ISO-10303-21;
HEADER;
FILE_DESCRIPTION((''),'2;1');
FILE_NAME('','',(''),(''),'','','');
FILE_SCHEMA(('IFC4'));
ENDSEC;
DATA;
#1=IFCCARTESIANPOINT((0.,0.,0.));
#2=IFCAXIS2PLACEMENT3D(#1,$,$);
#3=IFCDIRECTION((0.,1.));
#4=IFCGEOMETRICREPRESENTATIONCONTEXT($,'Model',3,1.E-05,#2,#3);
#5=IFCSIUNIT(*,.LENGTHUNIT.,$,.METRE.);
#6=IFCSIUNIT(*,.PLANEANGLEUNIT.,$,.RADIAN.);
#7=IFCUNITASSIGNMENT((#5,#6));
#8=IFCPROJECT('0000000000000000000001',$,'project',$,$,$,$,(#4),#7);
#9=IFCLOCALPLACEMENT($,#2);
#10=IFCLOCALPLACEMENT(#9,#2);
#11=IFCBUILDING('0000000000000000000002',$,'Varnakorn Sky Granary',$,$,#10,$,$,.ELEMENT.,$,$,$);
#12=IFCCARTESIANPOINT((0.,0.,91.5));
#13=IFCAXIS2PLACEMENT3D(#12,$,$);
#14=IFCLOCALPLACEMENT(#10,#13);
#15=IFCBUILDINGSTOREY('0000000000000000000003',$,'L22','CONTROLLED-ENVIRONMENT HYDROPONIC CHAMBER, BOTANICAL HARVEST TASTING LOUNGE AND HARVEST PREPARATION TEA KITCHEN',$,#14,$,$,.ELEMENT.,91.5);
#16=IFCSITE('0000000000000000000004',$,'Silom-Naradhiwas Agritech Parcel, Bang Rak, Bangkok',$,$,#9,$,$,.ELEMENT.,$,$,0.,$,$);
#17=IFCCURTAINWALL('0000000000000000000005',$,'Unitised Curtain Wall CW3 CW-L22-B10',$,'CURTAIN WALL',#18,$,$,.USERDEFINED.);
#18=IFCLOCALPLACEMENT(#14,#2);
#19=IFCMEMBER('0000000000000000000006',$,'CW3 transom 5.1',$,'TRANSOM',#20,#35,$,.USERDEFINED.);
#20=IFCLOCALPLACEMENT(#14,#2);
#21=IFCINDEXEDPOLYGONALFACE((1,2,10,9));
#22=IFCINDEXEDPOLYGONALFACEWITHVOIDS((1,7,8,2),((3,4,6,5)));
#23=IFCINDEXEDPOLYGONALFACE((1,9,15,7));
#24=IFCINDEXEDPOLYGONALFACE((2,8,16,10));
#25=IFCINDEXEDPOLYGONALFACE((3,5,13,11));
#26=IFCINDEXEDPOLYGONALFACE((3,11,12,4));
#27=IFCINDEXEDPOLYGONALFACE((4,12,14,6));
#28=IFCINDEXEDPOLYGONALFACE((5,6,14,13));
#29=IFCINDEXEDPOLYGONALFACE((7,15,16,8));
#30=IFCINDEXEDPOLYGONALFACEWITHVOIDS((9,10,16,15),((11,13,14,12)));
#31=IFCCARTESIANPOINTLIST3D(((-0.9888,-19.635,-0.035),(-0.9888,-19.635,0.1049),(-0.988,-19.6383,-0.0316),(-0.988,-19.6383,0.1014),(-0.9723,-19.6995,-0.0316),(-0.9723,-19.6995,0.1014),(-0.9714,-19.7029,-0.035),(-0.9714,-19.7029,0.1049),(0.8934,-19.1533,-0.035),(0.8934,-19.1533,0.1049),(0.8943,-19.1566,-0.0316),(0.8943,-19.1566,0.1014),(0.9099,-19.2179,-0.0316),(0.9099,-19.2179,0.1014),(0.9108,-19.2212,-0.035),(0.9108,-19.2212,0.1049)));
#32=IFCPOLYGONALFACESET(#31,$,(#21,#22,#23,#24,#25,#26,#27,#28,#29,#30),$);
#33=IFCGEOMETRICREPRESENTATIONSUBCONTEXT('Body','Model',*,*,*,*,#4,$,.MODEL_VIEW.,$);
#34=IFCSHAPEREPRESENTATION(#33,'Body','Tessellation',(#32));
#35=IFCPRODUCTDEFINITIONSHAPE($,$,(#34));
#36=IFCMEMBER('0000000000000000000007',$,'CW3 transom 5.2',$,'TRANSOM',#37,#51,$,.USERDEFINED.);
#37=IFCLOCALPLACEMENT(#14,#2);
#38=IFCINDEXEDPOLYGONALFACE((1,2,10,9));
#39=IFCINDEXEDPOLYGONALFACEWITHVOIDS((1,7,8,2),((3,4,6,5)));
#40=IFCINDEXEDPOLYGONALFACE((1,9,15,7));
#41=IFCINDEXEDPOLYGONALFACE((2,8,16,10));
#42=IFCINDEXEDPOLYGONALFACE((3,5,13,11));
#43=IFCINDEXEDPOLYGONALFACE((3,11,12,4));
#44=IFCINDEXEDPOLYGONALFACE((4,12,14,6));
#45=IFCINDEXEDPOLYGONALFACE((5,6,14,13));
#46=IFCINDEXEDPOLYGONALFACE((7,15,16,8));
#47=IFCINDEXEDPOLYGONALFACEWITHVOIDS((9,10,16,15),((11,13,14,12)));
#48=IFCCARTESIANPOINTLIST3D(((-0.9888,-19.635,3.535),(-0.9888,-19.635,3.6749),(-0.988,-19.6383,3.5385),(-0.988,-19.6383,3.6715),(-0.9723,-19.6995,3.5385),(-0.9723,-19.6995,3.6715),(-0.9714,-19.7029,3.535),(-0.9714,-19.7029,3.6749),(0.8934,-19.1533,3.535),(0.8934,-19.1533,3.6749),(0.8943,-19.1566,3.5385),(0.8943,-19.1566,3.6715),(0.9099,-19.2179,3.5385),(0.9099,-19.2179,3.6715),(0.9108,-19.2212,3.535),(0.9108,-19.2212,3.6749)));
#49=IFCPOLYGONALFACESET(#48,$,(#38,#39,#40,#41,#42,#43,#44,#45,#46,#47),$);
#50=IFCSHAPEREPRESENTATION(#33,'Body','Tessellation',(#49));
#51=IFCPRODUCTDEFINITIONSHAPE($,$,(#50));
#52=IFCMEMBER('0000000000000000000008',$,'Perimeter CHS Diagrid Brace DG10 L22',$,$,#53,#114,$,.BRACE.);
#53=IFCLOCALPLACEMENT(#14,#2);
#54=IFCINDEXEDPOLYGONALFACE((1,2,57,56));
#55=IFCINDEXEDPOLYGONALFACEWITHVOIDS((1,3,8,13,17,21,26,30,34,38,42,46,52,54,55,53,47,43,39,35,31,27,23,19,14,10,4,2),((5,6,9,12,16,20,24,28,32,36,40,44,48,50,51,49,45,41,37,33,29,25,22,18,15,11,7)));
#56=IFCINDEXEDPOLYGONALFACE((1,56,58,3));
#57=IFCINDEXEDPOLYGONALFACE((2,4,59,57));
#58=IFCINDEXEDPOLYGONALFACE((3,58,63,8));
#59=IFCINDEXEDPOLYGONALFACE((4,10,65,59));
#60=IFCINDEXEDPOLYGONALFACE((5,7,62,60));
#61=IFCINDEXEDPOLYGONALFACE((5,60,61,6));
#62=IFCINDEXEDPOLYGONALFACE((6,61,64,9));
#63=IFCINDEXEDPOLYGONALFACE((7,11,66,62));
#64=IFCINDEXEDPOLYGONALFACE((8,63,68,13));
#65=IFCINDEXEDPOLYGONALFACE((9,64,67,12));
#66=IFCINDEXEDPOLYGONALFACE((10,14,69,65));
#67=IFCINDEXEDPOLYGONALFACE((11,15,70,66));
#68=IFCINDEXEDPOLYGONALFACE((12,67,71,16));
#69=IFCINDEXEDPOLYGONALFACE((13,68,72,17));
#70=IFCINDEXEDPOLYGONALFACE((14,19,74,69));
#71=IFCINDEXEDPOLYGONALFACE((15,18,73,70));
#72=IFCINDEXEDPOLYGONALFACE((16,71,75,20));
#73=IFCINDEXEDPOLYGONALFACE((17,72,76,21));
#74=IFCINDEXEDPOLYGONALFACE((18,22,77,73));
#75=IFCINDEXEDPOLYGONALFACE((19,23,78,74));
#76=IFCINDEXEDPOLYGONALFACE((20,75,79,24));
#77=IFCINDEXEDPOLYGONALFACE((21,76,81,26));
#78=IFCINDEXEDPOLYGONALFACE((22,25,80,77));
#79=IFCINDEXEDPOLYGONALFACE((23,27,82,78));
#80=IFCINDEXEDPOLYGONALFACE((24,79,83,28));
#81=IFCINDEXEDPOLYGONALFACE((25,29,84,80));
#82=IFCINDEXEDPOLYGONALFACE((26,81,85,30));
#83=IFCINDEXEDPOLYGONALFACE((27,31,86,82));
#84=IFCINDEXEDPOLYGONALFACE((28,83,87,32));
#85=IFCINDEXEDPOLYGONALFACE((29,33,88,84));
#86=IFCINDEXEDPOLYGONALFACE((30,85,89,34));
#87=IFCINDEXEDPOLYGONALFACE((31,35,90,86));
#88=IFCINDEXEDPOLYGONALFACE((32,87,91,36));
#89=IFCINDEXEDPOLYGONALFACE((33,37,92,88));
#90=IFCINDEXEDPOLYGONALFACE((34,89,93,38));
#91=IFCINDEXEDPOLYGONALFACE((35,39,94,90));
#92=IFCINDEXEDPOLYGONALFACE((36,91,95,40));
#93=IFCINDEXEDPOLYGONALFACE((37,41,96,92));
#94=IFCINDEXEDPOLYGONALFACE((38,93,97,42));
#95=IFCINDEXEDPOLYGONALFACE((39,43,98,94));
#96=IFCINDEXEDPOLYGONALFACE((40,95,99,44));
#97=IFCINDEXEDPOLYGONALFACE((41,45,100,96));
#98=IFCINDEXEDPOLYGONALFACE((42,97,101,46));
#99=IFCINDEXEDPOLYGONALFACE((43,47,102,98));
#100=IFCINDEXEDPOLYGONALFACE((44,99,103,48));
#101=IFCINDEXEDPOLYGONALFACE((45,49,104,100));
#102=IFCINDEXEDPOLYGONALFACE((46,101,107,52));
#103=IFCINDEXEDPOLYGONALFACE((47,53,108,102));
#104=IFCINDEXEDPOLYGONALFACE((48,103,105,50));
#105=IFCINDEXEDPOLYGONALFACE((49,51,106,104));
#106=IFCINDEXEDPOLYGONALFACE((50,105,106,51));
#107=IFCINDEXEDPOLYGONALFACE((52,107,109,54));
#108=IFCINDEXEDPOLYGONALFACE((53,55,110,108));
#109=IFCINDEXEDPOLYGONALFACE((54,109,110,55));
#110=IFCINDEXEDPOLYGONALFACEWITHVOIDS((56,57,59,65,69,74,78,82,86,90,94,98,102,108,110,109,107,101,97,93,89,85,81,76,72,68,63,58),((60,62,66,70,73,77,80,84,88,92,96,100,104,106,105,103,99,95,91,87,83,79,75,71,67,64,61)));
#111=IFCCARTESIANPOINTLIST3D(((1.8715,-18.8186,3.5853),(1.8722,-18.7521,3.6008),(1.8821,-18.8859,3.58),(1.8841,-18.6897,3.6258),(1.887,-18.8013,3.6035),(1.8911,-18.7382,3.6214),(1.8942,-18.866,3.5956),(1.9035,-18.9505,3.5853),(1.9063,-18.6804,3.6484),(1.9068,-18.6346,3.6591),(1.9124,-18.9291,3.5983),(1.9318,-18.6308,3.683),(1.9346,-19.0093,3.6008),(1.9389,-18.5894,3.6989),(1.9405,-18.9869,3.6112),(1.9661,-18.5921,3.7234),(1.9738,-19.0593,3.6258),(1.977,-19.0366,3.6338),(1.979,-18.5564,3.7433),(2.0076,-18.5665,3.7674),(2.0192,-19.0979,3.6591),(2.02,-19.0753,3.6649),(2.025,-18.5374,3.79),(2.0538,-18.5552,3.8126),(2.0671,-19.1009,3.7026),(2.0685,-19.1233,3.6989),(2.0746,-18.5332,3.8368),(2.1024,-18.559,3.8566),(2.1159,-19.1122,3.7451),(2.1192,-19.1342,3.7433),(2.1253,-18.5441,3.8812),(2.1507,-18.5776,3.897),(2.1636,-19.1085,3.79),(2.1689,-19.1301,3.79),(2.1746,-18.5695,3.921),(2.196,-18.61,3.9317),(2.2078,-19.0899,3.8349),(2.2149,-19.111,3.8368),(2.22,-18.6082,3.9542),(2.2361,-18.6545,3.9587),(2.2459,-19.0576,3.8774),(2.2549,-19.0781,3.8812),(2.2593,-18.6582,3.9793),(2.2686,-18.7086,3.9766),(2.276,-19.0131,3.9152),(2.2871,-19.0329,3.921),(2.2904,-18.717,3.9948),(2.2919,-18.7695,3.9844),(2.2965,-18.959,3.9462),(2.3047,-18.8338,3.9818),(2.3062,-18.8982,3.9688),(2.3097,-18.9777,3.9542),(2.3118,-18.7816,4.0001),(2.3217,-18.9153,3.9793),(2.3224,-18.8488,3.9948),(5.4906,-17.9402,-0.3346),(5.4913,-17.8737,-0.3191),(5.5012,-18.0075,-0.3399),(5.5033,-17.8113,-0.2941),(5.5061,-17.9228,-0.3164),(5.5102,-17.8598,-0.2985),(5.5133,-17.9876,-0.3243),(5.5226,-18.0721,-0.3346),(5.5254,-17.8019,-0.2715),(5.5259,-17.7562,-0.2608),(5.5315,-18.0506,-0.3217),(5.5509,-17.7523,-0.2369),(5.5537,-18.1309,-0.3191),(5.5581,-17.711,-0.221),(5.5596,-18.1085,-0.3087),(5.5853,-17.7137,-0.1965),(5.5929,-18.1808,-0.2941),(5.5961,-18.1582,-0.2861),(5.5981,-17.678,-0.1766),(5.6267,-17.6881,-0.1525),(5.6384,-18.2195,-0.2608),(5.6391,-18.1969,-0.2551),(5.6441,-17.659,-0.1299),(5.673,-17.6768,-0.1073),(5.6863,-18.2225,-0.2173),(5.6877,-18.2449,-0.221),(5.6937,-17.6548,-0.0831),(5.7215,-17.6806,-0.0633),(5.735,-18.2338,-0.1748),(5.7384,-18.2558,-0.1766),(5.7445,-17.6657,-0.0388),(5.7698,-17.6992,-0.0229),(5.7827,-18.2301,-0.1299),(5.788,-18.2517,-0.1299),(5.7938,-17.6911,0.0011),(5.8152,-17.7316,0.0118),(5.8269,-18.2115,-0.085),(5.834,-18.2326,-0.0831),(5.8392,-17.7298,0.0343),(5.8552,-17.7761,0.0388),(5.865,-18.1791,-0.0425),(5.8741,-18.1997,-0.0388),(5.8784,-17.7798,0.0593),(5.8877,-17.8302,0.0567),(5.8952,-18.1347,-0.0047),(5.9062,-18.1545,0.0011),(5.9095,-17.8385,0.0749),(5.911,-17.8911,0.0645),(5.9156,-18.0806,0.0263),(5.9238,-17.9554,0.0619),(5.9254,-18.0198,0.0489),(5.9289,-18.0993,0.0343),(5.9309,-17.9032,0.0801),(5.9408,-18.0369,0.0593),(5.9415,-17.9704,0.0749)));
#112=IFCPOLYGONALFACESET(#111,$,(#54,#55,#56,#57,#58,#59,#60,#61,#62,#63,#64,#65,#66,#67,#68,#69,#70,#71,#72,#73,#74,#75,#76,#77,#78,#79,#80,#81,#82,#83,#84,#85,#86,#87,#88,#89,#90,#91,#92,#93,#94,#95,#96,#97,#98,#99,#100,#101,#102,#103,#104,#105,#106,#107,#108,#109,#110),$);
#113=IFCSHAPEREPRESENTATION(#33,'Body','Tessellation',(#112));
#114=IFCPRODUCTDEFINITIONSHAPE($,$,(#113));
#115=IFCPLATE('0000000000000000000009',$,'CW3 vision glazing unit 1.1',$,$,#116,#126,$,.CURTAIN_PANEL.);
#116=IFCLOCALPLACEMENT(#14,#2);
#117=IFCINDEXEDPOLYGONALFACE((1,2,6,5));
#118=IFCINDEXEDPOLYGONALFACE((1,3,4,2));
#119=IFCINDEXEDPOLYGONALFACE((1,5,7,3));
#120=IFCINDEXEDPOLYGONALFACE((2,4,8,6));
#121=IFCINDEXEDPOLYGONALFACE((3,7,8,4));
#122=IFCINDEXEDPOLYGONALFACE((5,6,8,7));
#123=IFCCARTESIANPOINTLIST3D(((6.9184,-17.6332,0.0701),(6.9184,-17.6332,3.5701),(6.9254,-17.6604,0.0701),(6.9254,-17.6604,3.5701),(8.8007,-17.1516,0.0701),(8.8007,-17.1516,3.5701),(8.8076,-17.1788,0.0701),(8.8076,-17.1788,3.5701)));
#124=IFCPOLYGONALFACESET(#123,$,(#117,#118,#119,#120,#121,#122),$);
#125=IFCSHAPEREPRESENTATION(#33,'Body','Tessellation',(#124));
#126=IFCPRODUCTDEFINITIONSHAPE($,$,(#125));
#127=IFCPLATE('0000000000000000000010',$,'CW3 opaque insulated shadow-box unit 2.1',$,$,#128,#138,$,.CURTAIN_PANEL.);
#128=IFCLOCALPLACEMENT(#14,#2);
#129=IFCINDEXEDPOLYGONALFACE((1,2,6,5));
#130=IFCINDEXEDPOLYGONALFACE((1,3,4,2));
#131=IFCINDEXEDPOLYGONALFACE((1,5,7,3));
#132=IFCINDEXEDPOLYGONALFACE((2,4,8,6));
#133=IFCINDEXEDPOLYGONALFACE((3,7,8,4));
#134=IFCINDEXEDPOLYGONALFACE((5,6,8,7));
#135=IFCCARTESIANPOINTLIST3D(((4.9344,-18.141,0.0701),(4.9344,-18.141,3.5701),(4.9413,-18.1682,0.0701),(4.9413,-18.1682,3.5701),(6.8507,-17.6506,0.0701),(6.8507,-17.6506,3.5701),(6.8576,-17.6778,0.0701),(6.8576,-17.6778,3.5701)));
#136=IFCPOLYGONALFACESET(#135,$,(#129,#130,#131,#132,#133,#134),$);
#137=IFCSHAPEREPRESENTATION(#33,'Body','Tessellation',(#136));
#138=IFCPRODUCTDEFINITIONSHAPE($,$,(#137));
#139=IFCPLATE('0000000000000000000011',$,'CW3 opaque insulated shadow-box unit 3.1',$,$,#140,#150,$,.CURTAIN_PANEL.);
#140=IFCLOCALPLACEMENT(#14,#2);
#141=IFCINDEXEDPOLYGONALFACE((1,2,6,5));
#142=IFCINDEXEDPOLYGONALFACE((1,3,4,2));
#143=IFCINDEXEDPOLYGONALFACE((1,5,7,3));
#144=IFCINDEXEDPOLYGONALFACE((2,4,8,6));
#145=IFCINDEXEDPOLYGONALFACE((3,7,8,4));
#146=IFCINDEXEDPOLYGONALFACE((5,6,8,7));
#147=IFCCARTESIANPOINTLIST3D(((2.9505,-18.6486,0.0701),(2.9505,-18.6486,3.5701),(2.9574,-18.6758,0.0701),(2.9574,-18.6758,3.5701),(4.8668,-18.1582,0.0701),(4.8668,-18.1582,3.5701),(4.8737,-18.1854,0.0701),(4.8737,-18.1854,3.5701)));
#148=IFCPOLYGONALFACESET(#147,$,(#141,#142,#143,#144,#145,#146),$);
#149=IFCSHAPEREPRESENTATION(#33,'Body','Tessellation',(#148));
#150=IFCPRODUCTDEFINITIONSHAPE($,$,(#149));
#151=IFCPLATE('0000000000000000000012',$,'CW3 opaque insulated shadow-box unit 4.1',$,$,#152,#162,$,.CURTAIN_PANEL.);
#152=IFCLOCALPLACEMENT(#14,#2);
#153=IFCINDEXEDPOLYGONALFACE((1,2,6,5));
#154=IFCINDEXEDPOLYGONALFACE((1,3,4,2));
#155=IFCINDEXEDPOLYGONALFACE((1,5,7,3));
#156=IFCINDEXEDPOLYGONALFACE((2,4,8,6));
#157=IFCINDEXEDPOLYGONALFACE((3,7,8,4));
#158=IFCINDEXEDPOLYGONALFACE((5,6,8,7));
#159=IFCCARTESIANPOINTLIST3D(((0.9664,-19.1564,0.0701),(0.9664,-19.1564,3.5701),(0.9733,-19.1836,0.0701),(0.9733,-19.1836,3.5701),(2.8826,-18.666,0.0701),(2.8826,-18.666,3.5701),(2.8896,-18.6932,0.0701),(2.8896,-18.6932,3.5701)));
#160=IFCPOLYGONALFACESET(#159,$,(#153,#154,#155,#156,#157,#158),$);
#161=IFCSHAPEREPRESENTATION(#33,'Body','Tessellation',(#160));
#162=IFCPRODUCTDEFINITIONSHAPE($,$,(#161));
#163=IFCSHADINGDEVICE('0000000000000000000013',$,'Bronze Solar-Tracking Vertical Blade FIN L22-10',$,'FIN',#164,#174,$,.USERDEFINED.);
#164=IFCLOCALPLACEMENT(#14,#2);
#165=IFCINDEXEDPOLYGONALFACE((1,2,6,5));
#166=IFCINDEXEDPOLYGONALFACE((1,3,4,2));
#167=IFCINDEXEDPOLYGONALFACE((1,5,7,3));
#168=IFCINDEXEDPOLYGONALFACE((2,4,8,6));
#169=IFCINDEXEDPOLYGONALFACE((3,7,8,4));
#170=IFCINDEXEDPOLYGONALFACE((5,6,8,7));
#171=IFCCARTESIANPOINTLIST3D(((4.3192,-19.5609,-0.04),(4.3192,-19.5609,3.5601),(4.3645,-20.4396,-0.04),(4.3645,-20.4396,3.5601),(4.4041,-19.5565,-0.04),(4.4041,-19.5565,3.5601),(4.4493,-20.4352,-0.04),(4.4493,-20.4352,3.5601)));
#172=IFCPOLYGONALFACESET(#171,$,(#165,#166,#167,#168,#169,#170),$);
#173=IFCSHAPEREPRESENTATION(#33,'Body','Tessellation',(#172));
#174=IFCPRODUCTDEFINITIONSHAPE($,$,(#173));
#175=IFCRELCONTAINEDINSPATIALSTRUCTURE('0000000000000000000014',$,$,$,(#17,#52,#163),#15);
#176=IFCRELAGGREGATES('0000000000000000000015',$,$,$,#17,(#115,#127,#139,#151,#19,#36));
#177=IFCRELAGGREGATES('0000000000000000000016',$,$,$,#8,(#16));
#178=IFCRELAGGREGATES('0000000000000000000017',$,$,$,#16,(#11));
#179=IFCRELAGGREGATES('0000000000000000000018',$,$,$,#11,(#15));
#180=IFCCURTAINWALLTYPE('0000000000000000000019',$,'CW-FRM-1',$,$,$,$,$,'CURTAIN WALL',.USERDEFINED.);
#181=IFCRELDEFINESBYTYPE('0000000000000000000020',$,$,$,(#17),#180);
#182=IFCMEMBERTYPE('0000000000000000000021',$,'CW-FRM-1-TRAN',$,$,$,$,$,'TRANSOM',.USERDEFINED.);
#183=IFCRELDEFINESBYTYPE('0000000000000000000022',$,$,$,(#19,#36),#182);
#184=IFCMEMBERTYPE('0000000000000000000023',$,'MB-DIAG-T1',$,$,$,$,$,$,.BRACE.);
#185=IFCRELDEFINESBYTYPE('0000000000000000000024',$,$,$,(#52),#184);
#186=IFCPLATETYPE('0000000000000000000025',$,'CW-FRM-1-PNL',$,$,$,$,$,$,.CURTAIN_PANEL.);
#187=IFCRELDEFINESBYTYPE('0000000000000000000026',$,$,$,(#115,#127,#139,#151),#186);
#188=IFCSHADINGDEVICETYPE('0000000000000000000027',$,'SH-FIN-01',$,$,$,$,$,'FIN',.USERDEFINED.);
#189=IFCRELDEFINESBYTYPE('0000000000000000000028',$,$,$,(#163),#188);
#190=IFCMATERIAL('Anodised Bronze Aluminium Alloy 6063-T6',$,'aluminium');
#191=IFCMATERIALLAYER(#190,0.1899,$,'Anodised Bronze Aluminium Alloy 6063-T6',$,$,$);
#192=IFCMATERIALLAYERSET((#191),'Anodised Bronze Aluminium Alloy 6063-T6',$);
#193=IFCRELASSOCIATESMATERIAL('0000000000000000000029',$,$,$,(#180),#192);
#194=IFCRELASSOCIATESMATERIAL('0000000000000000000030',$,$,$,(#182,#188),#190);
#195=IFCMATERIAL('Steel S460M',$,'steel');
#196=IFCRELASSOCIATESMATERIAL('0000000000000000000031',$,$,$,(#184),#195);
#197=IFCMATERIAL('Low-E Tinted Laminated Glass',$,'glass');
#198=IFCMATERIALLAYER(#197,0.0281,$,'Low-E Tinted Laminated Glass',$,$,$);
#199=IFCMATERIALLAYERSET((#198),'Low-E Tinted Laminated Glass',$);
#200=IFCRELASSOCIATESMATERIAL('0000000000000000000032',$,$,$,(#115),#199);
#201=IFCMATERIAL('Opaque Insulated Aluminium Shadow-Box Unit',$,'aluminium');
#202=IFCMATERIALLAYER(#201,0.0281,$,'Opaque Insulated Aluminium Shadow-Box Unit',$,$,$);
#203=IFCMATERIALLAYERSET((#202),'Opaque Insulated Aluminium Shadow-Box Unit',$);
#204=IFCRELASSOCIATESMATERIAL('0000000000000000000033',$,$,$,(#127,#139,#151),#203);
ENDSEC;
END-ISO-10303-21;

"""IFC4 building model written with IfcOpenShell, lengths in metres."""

from ifc_helpers import new_model, si_unit, direction, frame, origin, origin_2d, place, context, subcontext, project, spatial, rectangle, hollow_rectangle, hollow_circle, extrude, source, transform, mapped, material, layer, layer_set, material_profile, profile_set, type_object, type_shapes, element, aggregate, save


model = new_model("IFC4")

# Units and contexts
model_context = context("Model", 3, precision=1e-05, world=origin(), true_north=direction((0.0, 1.0)))
body_context = subcontext(model_context, "Body", "Model", "MODEL_VIEW")
ifc_project = project(units=[si_unit("LENGTHUNIT", "METRE"), si_unit("PLANEANGLEUNIT", "RADIAN")], contexts=[model_context])

# Site, building, storey
site_placement = place(None, origin())
site = spatial("IfcSite", under=ifc_project, at=site_placement, Name="Silom-Naradhiwas Agritech Parcel, Bang Rak, Bangkok", CompositionType="ELEMENT", RefElevation=0.0)
building_placement = place(site_placement, origin())
building = spatial("IfcBuilding", under=site, at=building_placement, Name="Varnakorn Sky Granary", CompositionType="ELEMENT")
storey_placement = place(building_placement, frame((0.0, 0.0, 91.5)))
storey = spatial("IfcBuildingStorey", under=building, at=storey_placement, Name="L22", Description="CONTROLLED-ENVIRONMENT HYDROPONIC CHAMBER, BOTANICAL HARVEST TASTING LOUNGE AND HARVEST PREPARATION TEA KITCHEN", CompositionType="ELEMENT", Elevation=91.5)

# Curtain wall, members
ifc_material_1 = material(Name="Anodised Bronze Aluminium Alloy 6063-T6", Category="aluminium")
ifc_layer_1 = layer(ifc_material_1, 0.1899, Name="Anodised Bronze Aluminium Alloy 6063-T6")
ifc_layer_set_1 = layer_set([ifc_layer_1], Name="Anodised Bronze Aluminium Alloy 6063-T6")
curtain_wall_type = type_object("IfcCurtainWallType", Name="CW-FRM-1", ElementType="CURTAIN WALL", PredefinedType="USERDEFINED", material=ifc_layer_set_1)
curtain_wall_placement = place(storey_placement, origin())
curtain_wall = element("IfcCurtainWall", 1, at=curtain_wall_placement, inside=storey, type_object=curtain_wall_type, Name="Unitised Curtain Wall CW3 CW-L22-B10", ObjectType="CURTAIN WALL", PredefinedType="USERDEFINED")
ifc_material_profile_1 = material_profile(ifc_material_1, hollow_rectangle(XDim=0.0701, YDim=0.1399, WallThickness=0.0034, at=origin_2d()), Name="ALU TRAN 70x140")
ifc_profile_set_1 = profile_set([ifc_material_profile_1], Name="Anodised Bronze Aluminium Alloy 6063-T6")
member_type_1 = type_object("IfcMemberType", Name="CW-FRM-1-TRAN", ElementType="TRANSOM", PredefinedType="USERDEFINED", material=ifc_profile_set_1)
member_1_placement = place(storey_placement, frame((0.9021, -19.1873, 0.0349), z_axis=(-0.968782, -0.247913, 0.0), x_axis=(0.247913, -0.968782, 0.0)))
member_1 = element("IfcMember", 2, at=member_1_placement, type_object=member_type_1, Name="CW3 transom 5.1", ObjectType="TRANSOM", PredefinedType="USERDEFINED", context=body_context, shape_type="SweptSolid", body=[
    extrude(hollow_rectangle(XDim=0.0701, YDim=0.1399, WallThickness=0.0034, at=origin_2d()), origin(), (0.0, 0.0, 1.0), 1.9429),
])
member_2_placement = place(storey_placement, frame((0.9021, -19.1873, 3.605), z_axis=(-0.968782, -0.247913, 0.0), x_axis=(0.247913, -0.968782, 0.0)))
member_2 = element("IfcMember", 3, at=member_2_placement, type_object=member_type_1, Name="CW3 transom 5.2", ObjectType="TRANSOM", PredefinedType="USERDEFINED", context=body_context, shape_type="SweptSolid", body=[
    extrude(hollow_rectangle(XDim=0.0701, YDim=0.1399, WallThickness=0.0034, at=origin_2d()), origin(), (0.0, 0.0, 1.0), 1.9429),
])

# Member
ifc_material_2 = material(Name="Steel S460M", Category="steel")
ifc_material_profile_2 = material_profile(ifc_material_2, hollow_circle(Radius=0.3049, WallThickness=0.0222, at=origin_2d()), Name="CHS 610x22")
ifc_profile_set_2 = profile_set([ifc_material_profile_2], Name="Steel S460M")
member_type_2 = type_object("IfcMemberType", Name="MB-DIAG-T1", PredefinedType="BRACE", material=ifc_profile_set_2)
member_3_placement = place(storey_placement, frame((5.7161, -17.9553, -0.1299), z_axis=(-0.669344, -0.16246, 0.724972), x_axis=(0.235866, -0.971785, 0.0)))
element("IfcMember", 4, at=member_3_placement, inside=storey, type_object=member_type_2, Name="Perimeter CHS Diagrid Brace DG10 L22", PredefinedType="BRACE", context=body_context, shape_type="SweptSolid", body=[
    extrude(hollow_circle(Radius=0.3049, WallThickness=0.0222, at=origin_2d()), origin(), (0.0, 0.0, 1.0), 5.407),
])

# Plates
ifc_material_3 = material(Name="Low-E Tinted Laminated Glass", Category="glass")
ifc_layer_2 = layer(ifc_material_3, 0.0281, Name="Low-E Tinted Laminated Glass")
ifc_layer_set_2 = layer_set([ifc_layer_2], Name="Low-E Tinted Laminated Glass")
plate_type = type_object("IfcPlateType", Name="CW-FRM-1-PNL", PredefinedType="CURTAIN_PANEL")
shared_shape_1 = source(origin(), body_context, "Body", "SweptSolid", [
    extrude(rectangle(XDim=1.9429, YDim=0.0281, at=origin_2d()), origin(), (0.0, 0.0, 1.0), 3.5),
])
plate_1_placement = place(storey_placement, frame((7.863, -17.406, 0.0701), z_axis=(0.0, 0.0, 1.0), x_axis=(-0.968785, -0.247904, 0.0)))
plate_1 = element("IfcPlate", 5, at=plate_1_placement, type_object=plate_type, material=ifc_layer_set_2, Name="CW3 vision glazing unit 1.1", PredefinedType="CURTAIN_PANEL", context=body_context, shape_type="MappedRepresentation", body=[
    mapped(shared_shape_1, transform((0.0, 0.0, 0.0), x_axis=(1.0, 0.0, 0.0), y_axis=(0.0, 1.0, 0.0), z_axis=(0.0, 0.0, 1.0), scale=1.0)),
])
ifc_material_4 = material(Name="Opaque Insulated Aluminium Shadow-Box Unit", Category="aluminium")
ifc_layer_3 = layer(ifc_material_4, 0.0281, Name="Opaque Insulated Aluminium Shadow-Box Unit")
ifc_layer_set_3 = layer_set([ifc_layer_3], Name="Opaque Insulated Aluminium Shadow-Box Unit")
shared_shape_2 = source(origin(), body_context, "Body", "SweptSolid", [
    extrude(rectangle(XDim=1.978, YDim=0.0281, at=origin_2d()), origin(), (0.0, 0.0, 1.0), 3.5),
])
type_shapes(plate_type, [shared_shape_1, shared_shape_2])
plate_2_placement = place(storey_placement, frame((5.896, -17.9094, 0.0701), z_axis=(0.0, 0.0, 1.0), x_axis=(-0.968785, -0.247904, 0.0)))
plate_2 = element("IfcPlate", 6, at=plate_2_placement, type_object=plate_type, material=ifc_layer_set_3, Name="CW3 opaque insulated shadow-box unit 2.1", PredefinedType="CURTAIN_PANEL", context=body_context, shape_type="MappedRepresentation", body=[
    mapped(shared_shape_2, transform((0.0, 0.0, 0.0), x_axis=(1.0, 0.0, 0.0), y_axis=(0.0, 1.0, 0.0), z_axis=(0.0, 0.0, 1.0), scale=1.0)),
])
plate_3_placement = place(storey_placement, frame((3.9121, -18.417, 0.0701), z_axis=(0.0, 0.0, 1.0), x_axis=(-0.968785, -0.247904, 0.0)))
plate_3 = element("IfcPlate", 7, at=plate_3_placement, type_object=plate_type, material=ifc_layer_set_3, Name="CW3 opaque insulated shadow-box unit 3.1", PredefinedType="CURTAIN_PANEL", context=body_context, shape_type="MappedRepresentation", body=[
    mapped(shared_shape_2, transform((0.0, 0.0, 0.0), x_axis=(1.0, 0.0, 0.0), y_axis=(0.0, 1.0, 0.0), z_axis=(0.0, 0.0, 1.0), scale=1.0)),
])
plate_4_placement = place(storey_placement, frame((1.928, -18.9248, 0.0701), z_axis=(0.0, 0.0, 1.0), x_axis=(-0.968785, -0.247904, 0.0)))
plate_4 = element("IfcPlate", 8, at=plate_4_placement, type_object=plate_type, material=ifc_layer_set_3, Name="CW3 opaque insulated shadow-box unit 4.1", PredefinedType="CURTAIN_PANEL", context=body_context, shape_type="MappedRepresentation", body=[
    mapped(shared_shape_2, transform((0.0, 0.0, 0.0), x_axis=(1.0, 0.0, 0.0), y_axis=(0.0, 1.0, 0.0), z_axis=(0.0, 0.0, 1.0), scale=1.0)),
])
aggregate(curtain_wall, [plate_1, plate_2, plate_3, plate_4, member_1, member_2])

# Shading device
shading_device_type = type_object("IfcShadingDeviceType", Name="SH-FIN-01", ElementType="FIN", PredefinedType="USERDEFINED", material=ifc_material_1)
shared_shape_3 = source(origin(), body_context, "Body", "SweptSolid", [
    extrude(rectangle(XDim=0.085, YDim=0.8799, at=origin_2d()), origin(), (0.0, 0.0, 1.0), 3.6001),
])
type_shapes(shading_device_type, [shared_shape_3])
shading_device_placement = place(storey_placement, frame((4.3843, -19.998, -0.04), z_axis=(0.0, 0.0, 1.0), x_axis=(0.998678, 0.051395, 0.0)))
element("IfcShadingDevice", 9, at=shading_device_placement, inside=storey, type_object=shading_device_type, Name="Bronze Solar-Tracking Vertical Blade FIN L22-10", ObjectType="FIN", PredefinedType="USERDEFINED", context=body_context, shape_type="MappedRepresentation", body=[
    mapped(shared_shape_3, transform((0.0, 0.0, 0.0), x_axis=(1.0, 0.0, 0.0), y_axis=(0.0, 1.0, 0.0), z_axis=(0.0, 0.0, 1.0), scale=1.0)),
])

save(model, "model.ifc")
